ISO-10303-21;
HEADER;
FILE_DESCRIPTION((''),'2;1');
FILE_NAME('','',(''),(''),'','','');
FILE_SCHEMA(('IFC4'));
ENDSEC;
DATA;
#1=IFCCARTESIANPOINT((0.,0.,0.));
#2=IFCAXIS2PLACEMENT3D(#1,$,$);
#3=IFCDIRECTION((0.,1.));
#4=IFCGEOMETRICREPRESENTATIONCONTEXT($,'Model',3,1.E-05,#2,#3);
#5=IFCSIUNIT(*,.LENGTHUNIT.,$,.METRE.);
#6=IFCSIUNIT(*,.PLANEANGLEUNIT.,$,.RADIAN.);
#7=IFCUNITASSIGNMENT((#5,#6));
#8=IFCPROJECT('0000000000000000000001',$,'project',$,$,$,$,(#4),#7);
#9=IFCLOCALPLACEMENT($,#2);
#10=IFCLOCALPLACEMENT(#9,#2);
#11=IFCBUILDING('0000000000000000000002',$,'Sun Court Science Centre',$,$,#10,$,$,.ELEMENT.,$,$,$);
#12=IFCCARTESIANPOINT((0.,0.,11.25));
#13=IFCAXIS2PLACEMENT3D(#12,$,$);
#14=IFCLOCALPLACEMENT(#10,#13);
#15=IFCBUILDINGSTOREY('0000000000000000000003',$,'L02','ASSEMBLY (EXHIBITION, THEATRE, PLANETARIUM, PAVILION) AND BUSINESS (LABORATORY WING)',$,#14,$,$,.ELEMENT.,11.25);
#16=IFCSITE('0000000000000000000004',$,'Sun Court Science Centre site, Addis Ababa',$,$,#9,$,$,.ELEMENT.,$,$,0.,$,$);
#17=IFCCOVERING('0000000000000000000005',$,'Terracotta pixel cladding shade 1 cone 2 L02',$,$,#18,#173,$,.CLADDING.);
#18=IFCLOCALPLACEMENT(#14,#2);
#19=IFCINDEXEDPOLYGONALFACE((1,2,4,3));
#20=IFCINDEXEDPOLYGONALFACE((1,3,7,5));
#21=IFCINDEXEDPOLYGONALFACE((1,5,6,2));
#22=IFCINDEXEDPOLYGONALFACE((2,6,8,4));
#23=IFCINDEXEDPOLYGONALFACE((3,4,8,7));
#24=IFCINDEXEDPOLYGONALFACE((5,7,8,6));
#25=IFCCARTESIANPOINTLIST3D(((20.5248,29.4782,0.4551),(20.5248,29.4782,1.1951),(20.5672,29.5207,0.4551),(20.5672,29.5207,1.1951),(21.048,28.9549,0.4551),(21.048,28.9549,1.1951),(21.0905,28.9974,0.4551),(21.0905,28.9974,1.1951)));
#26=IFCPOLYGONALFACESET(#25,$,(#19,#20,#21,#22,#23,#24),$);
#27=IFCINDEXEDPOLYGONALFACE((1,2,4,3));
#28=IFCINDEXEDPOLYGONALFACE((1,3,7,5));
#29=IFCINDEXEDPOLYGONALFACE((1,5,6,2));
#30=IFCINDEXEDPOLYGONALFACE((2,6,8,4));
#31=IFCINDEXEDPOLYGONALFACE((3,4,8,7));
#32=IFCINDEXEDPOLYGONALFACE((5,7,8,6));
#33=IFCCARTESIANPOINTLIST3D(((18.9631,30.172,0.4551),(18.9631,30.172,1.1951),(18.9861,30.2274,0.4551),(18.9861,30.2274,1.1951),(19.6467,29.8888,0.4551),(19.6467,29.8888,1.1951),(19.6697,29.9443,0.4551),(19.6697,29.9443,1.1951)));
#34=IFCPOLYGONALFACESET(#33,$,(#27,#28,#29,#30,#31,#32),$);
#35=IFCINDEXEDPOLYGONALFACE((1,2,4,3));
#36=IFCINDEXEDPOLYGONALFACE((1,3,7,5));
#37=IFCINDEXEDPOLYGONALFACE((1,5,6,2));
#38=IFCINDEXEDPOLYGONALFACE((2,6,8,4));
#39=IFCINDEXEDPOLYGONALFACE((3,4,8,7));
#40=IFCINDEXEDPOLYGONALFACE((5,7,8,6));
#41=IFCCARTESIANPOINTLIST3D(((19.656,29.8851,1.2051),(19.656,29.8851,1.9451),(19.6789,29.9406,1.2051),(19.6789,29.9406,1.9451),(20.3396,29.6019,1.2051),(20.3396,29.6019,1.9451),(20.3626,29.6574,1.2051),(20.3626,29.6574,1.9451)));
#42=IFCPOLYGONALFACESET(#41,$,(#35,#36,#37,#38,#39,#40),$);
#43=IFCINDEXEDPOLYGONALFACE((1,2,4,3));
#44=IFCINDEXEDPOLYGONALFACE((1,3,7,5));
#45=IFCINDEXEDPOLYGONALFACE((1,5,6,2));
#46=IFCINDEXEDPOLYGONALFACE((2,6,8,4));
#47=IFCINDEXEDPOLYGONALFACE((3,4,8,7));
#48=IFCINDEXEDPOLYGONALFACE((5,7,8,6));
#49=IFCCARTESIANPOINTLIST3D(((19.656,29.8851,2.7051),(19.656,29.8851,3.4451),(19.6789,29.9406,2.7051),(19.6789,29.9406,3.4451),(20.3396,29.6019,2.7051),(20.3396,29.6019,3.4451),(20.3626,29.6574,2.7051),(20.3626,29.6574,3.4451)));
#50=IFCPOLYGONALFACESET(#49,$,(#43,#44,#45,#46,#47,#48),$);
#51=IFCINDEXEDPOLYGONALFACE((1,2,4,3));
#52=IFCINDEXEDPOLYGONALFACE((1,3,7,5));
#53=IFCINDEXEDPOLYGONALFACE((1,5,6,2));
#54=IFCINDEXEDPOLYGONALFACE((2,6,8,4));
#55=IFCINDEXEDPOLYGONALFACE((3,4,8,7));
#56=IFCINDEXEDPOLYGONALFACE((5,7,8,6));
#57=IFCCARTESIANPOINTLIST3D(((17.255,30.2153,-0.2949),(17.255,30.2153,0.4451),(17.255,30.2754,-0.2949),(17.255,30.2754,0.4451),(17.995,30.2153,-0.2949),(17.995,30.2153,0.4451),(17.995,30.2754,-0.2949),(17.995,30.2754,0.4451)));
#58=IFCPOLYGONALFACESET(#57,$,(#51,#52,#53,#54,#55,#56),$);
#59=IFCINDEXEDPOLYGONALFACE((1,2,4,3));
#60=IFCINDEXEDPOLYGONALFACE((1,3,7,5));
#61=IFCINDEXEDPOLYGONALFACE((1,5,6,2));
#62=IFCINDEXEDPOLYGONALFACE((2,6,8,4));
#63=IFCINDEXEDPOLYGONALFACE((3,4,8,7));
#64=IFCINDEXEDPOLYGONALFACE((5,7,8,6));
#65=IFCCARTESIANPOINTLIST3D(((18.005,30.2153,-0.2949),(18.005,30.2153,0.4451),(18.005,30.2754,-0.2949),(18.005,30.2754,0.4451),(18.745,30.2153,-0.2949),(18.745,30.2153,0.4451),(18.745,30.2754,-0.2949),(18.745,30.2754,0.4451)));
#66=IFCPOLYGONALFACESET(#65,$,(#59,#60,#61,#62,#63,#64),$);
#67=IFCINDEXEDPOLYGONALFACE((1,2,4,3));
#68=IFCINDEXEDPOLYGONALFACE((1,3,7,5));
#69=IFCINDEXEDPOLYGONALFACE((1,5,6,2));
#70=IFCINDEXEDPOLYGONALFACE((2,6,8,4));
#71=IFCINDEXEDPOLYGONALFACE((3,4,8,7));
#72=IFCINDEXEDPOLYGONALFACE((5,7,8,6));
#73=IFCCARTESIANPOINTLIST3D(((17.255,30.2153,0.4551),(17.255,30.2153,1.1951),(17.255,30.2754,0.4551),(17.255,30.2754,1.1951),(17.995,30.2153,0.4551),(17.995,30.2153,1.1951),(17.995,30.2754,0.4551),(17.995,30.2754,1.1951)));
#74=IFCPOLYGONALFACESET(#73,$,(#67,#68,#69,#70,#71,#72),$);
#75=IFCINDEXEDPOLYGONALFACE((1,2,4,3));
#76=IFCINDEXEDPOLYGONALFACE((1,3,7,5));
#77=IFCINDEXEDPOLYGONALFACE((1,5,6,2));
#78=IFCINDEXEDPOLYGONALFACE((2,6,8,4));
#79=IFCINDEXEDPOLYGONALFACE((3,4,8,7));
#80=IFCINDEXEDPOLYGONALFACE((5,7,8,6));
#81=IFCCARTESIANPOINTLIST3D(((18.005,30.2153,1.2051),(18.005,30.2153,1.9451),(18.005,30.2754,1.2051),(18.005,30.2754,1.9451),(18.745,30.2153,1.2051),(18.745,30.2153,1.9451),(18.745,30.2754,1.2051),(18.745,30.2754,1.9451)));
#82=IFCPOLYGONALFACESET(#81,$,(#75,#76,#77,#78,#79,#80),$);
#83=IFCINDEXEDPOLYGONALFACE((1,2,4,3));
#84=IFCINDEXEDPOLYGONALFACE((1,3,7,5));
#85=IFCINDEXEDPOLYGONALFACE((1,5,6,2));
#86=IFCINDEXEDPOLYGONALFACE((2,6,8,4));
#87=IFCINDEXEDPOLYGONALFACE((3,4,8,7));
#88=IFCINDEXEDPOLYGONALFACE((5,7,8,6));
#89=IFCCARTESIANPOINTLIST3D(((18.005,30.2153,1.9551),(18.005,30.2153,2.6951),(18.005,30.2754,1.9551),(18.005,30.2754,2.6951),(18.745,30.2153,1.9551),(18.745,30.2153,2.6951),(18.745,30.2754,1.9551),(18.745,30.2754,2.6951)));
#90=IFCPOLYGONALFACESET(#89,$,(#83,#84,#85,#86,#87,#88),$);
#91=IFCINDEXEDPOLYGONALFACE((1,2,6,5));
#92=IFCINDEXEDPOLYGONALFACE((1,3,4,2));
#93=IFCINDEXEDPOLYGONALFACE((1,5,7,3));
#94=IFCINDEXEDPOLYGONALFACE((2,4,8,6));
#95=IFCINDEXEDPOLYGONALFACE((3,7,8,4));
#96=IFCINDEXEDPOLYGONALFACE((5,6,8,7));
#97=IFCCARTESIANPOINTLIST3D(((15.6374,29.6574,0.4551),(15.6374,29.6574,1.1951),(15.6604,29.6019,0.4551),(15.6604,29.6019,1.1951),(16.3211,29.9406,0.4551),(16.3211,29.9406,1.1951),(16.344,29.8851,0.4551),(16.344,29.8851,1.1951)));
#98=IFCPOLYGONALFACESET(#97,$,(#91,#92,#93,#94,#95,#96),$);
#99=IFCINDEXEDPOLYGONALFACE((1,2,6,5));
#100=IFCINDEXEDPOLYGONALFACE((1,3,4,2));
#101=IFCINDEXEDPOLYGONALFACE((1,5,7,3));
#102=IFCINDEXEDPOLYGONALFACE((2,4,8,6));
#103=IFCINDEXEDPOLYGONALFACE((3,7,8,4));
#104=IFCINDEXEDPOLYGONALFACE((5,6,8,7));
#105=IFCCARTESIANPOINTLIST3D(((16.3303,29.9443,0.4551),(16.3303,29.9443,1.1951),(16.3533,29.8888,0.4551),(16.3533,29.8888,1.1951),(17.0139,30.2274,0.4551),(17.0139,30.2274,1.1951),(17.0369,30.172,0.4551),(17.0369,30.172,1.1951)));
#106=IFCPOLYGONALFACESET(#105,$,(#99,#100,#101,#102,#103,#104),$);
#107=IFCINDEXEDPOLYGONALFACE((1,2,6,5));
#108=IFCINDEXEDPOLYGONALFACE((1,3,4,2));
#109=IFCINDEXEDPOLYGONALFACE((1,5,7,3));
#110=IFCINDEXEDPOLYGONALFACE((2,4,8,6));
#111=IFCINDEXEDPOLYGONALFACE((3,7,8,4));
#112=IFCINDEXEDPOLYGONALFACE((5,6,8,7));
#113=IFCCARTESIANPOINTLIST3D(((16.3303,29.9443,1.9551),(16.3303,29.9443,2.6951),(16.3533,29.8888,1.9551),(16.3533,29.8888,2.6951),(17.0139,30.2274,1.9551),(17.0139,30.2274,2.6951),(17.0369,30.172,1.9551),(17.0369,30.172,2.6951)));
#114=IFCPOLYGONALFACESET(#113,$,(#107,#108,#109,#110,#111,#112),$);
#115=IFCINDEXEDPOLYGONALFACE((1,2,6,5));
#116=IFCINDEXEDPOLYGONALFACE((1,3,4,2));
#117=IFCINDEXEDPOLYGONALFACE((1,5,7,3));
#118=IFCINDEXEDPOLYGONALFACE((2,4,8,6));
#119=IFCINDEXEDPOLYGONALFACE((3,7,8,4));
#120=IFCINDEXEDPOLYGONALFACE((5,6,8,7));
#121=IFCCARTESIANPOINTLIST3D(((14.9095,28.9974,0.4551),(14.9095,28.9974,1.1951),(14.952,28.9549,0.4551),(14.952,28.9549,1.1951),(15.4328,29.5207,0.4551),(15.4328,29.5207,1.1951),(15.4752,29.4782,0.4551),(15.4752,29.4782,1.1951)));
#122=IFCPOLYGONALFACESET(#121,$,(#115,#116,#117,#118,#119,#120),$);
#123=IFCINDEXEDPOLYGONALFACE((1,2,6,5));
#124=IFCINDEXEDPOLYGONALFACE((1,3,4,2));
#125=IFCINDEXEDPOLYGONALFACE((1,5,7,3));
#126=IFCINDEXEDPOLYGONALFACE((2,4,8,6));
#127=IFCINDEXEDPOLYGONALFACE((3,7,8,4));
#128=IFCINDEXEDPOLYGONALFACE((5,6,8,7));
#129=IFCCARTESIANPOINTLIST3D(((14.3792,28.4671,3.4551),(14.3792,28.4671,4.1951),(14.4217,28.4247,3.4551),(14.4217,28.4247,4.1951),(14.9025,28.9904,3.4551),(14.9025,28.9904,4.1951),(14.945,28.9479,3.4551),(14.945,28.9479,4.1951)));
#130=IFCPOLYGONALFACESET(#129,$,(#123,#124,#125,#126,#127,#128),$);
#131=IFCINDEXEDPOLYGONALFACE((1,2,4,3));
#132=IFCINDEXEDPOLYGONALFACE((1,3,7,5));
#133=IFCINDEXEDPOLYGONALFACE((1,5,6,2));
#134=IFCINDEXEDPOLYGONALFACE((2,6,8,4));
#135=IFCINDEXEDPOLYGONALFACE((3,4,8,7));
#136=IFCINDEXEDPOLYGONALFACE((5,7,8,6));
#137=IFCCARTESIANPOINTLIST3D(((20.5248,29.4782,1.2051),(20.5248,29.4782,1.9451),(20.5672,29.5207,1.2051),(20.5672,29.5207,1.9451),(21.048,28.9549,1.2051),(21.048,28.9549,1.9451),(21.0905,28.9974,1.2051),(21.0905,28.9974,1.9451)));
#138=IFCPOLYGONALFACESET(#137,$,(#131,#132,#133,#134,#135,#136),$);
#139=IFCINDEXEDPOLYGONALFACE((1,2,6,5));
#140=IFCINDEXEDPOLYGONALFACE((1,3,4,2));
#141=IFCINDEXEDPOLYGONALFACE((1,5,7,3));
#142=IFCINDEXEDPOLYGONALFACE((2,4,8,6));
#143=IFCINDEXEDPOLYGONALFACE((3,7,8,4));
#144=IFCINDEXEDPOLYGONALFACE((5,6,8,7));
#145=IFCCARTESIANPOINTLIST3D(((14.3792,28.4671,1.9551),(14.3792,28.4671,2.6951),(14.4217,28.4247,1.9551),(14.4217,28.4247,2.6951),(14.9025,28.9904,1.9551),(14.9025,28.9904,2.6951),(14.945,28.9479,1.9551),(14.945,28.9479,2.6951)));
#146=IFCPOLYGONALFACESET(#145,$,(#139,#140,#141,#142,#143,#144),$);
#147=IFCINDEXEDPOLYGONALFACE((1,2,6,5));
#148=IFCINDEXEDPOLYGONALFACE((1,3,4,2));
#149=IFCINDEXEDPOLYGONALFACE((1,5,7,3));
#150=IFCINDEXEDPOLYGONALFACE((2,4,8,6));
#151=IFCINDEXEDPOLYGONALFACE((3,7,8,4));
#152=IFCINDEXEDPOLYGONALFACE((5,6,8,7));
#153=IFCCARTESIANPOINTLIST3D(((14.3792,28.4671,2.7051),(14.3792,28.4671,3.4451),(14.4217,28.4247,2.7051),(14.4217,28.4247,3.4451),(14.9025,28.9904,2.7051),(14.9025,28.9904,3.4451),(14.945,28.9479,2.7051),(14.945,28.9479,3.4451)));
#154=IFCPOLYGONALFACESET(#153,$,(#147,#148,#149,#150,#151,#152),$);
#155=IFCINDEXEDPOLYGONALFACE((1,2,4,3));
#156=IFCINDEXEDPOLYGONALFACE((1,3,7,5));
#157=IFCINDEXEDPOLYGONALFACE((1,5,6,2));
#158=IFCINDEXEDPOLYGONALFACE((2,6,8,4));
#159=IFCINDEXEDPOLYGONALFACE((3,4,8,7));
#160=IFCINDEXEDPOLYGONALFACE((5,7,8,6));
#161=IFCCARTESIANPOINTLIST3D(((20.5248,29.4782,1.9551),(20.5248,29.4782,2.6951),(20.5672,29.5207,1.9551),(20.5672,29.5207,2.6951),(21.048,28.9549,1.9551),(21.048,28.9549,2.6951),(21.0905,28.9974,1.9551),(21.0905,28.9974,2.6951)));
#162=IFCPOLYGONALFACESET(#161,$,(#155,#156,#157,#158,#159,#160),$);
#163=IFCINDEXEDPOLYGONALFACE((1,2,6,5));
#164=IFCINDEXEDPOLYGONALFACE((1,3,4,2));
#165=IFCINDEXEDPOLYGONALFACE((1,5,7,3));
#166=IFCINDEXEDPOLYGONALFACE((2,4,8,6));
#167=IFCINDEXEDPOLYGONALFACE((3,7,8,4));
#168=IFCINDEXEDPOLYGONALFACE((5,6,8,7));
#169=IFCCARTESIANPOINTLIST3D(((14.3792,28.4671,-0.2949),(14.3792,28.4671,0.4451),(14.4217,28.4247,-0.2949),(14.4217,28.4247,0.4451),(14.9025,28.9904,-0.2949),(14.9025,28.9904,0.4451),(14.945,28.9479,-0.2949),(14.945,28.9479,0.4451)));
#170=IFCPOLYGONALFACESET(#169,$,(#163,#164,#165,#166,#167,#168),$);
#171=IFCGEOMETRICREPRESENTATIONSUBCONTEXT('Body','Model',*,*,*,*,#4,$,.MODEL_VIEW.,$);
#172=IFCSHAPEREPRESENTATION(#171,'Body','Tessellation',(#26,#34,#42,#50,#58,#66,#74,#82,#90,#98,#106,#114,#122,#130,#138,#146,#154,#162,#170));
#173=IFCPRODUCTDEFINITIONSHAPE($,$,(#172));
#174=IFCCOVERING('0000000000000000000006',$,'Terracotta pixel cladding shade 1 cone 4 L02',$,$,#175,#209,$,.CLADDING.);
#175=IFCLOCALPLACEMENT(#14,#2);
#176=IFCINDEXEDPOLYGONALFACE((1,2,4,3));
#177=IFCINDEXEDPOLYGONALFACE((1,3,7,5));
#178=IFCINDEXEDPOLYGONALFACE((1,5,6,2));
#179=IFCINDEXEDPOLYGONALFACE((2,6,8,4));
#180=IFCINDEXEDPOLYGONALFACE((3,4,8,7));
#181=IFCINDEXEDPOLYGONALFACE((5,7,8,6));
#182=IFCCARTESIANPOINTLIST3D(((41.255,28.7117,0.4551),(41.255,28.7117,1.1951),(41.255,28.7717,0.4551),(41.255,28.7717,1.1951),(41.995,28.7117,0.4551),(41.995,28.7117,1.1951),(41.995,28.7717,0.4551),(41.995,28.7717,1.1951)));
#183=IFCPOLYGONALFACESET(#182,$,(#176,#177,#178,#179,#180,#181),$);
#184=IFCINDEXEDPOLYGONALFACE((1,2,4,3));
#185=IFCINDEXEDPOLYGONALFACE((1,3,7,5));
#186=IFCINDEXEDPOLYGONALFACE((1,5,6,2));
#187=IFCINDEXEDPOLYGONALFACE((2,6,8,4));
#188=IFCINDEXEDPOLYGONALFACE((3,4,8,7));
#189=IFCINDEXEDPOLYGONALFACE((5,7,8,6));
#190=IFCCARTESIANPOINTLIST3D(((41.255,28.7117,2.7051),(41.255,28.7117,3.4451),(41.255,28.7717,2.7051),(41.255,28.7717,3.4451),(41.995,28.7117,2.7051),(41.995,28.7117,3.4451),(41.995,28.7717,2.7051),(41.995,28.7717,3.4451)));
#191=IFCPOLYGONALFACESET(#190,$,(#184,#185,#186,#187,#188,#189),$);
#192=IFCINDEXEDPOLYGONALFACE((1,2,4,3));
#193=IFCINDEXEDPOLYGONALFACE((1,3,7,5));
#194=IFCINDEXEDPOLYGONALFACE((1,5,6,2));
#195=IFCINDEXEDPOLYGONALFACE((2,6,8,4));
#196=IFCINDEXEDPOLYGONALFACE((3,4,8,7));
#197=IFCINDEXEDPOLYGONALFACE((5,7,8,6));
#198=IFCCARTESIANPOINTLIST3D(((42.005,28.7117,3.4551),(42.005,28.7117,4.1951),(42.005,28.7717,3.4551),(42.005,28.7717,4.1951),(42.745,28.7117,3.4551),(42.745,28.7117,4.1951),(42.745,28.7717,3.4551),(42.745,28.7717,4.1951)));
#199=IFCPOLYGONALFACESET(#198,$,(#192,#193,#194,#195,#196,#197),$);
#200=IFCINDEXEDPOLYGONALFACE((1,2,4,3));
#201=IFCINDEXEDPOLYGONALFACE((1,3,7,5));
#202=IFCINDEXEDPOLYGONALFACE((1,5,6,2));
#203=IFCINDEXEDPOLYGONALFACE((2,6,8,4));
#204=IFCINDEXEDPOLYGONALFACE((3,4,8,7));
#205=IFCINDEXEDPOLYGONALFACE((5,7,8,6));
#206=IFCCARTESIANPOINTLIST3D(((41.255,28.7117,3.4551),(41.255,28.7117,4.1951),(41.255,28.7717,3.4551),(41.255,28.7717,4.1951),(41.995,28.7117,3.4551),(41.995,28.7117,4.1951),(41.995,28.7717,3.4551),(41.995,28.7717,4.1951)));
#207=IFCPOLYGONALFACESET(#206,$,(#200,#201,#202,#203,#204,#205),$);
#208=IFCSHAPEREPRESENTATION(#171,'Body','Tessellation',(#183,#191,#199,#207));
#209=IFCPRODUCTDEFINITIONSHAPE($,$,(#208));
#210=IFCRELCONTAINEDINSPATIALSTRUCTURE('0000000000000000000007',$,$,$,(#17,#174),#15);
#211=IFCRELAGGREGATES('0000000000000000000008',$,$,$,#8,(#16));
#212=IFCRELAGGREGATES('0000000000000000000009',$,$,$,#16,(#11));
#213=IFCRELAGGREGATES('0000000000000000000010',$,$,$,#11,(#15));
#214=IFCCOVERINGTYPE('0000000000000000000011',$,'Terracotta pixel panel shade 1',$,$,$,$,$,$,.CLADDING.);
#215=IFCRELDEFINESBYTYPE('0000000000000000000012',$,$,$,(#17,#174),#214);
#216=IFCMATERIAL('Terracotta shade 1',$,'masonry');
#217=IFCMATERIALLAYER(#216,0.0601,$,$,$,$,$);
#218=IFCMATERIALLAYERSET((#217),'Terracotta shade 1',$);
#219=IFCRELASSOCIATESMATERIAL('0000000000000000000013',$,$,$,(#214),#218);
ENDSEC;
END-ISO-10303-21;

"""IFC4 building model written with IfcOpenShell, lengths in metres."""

from ifc_helpers import new_model, si_unit, direction, frame, origin, origin_2d, place, context, subcontext, project, spatial, rectangle, extrude, material, layer, layer_set, type_object, element, save


model = new_model("IFC4")

# Units and contexts
model_context = context("Model", 3, precision=1e-05, world=origin(), true_north=direction((0.0, 1.0)))
body_context = subcontext(model_context, "Body", "Model", "MODEL_VIEW")
ifc_project = project(units=[si_unit("LENGTHUNIT", "METRE"), si_unit("PLANEANGLEUNIT", "RADIAN")], contexts=[model_context])

# Site, building, storey
site_placement = place(None, origin())
site = spatial("IfcSite", under=ifc_project, at=site_placement, Name="Sun Court Science Centre site, Addis Ababa", CompositionType="ELEMENT", RefElevation=0.0)
building_placement = place(site_placement, origin())
building = spatial("IfcBuilding", under=site, at=building_placement, Name="Sun Court Science Centre", CompositionType="ELEMENT")
storey_placement = place(building_placement, frame((0.0, 0.0, 11.25)))
storey = spatial("IfcBuildingStorey", under=building, at=storey_placement, Name="L02", Description="ASSEMBLY (EXHIBITION, THEATRE, PLANETARIUM, PAVILION) AND BUSINESS (LABORATORY WING)", CompositionType="ELEMENT", Elevation=11.25)

# Coverings
ifc_material_1 = material(Name="Terracotta shade 1", Category="masonry")
ifc_layer_1 = layer(ifc_material_1, 0.0601)
ifc_layer_set_1 = layer_set([ifc_layer_1], Name="Terracotta shade 1")
covering_type_1 = type_object("IfcCoveringType", Name="Terracotta pixel panel shade 1", PredefinedType="CLADDING", material=ifc_layer_set_1)
covering_1_placement = place(storey_placement, frame((0.0, 0.0, -11.25)))
element("IfcCovering", 1, at=covering_1_placement, inside=storey, type_object=covering_type_1, Name="Terracotta pixel cladding shade 1 cone 2 L02", PredefinedType="CLADDING", context=body_context, shape_type="SweptSolid", body=[
    extrude(rectangle(XDim=0.74, YDim=0.0601, at=origin_2d()), frame((20.8076, 29.2378, 11.7051), z_axis=(0.0, 0.0, 1.0), x_axis=(0.707107, -0.707107, 0.0)), (0.0, 0.0, 1.0), 0.74),
    extrude(rectangle(XDim=0.74, YDim=0.0601, at=origin_2d()), frame((19.3164, 30.0581, 11.7051), z_axis=(0.0, 0.0, 1.0), x_axis=(0.92388, -0.382683, 0.0)), (0.0, 0.0, 1.0), 0.74),
    extrude(rectangle(XDim=0.74, YDim=0.0601, at=origin_2d()), frame((20.0093, 29.7712, 12.4551), z_axis=(0.0, 0.0, 1.0), x_axis=(0.92388, -0.382683, 0.0)), (0.0, 0.0, 1.0), 0.74),
    extrude(rectangle(XDim=0.74, YDim=0.0601, at=origin_2d()), frame((20.0093, 29.7712, 13.9551), z_axis=(0.0, 0.0, 1.0), x_axis=(0.92388, -0.382683, 0.0)), (0.0, 0.0, 1.0), 0.74),
    extrude(rectangle(XDim=0.74, YDim=0.0601, at=origin_2d()), frame((17.625, 30.2454, 10.9551), z_axis=(0.0, 0.0, 1.0), x_axis=(1.0, 0.0, 0.0)), (0.0, 0.0, 1.0), 0.74),
    extrude(rectangle(XDim=0.74, YDim=0.0601, at=origin_2d()), frame((18.375, 30.2454, 10.9551), z_axis=(0.0, 0.0, 1.0), x_axis=(1.0, 0.0, 0.0)), (0.0, 0.0, 1.0), 0.74),
    extrude(rectangle(XDim=0.74, YDim=0.0601, at=origin_2d()), frame((17.625, 30.2454, 11.7051), z_axis=(0.0, 0.0, 1.0), x_axis=(1.0, 0.0, 0.0)), (0.0, 0.0, 1.0), 0.74),
    extrude(rectangle(XDim=0.74, YDim=0.0601, at=origin_2d()), frame((18.375, 30.2454, 12.4551), z_axis=(0.0, 0.0, 1.0), x_axis=(1.0, 0.0, 0.0)), (0.0, 0.0, 1.0), 0.74),
    extrude(rectangle(XDim=0.74, YDim=0.0601, at=origin_2d()), frame((18.375, 30.2454, 13.2051), z_axis=(0.0, 0.0, 1.0), x_axis=(1.0, 0.0, 0.0)), (0.0, 0.0, 1.0), 0.74),
    extrude(rectangle(XDim=0.74, YDim=0.0601, at=origin_2d()), frame((15.9907, 29.7712, 11.7051), z_axis=(0.0, 0.0, 1.0), x_axis=(0.92388, 0.382683, 0.0)), (0.0, 0.0, 1.0), 0.74),
    extrude(rectangle(XDim=0.74, YDim=0.0601, at=origin_2d()), frame((16.6836, 30.0581, 11.7051), z_axis=(0.0, 0.0, 1.0), x_axis=(0.92388, 0.382683, 0.0)), (0.0, 0.0, 1.0), 0.74),
    extrude(rectangle(XDim=0.74, YDim=0.0601, at=origin_2d()), frame((16.6836, 30.0581, 13.2051), z_axis=(0.0, 0.0, 1.0), x_axis=(0.92388, 0.382683, 0.0)), (0.0, 0.0, 1.0), 0.74),
    extrude(rectangle(XDim=0.74, YDim=0.0601, at=origin_2d()), frame((15.1924, 29.2378, 11.7051), z_axis=(0.0, 0.0, 1.0), x_axis=(0.707107, 0.707107, 0.0)), (0.0, 0.0, 1.0), 0.74),
    extrude(rectangle(XDim=0.74, YDim=0.0601, at=origin_2d()), frame((14.6621, 28.7075, 14.7051), z_axis=(0.0, 0.0, 1.0), x_axis=(0.707107, 0.707107, 0.0)), (0.0, 0.0, 1.0), 0.74),
    extrude(rectangle(XDim=0.74, YDim=0.0601, at=origin_2d()), frame((20.8076, 29.2378, 12.4551), z_axis=(0.0, 0.0, 1.0), x_axis=(0.707107, -0.707107, 0.0)), (0.0, 0.0, 1.0), 0.74),
    extrude(rectangle(XDim=0.74, YDim=0.0601, at=origin_2d()), frame((14.6621, 28.7075, 13.2051), z_axis=(0.0, 0.0, 1.0), x_axis=(0.707107, 0.707107, 0.0)), (0.0, 0.0, 1.0), 0.74),
    extrude(rectangle(XDim=0.74, YDim=0.0601, at=origin_2d()), frame((14.6621, 28.7075, 13.9551), z_axis=(0.0, 0.0, 1.0), x_axis=(0.707107, 0.707107, 0.0)), (0.0, 0.0, 1.0), 0.74),
    extrude(rectangle(XDim=0.74, YDim=0.0601, at=origin_2d()), frame((20.8076, 29.2378, 13.2051), z_axis=(0.0, 0.0, 1.0), x_axis=(0.707107, -0.707107, 0.0)), (0.0, 0.0, 1.0), 0.74),
    extrude(rectangle(XDim=0.74, YDim=0.0601, at=origin_2d()), frame((14.6621, 28.7075, 10.9551), z_axis=(0.0, 0.0, 1.0), x_axis=(0.707107, 0.707107, 0.0)), (0.0, 0.0, 1.0), 0.74),
])
covering_2_placement = place(storey_placement, frame((0.0, 0.0, -11.25)))
element("IfcCovering", 2, at=covering_2_placement, inside=storey, type_object=covering_type_1, Name="Terracotta pixel cladding shade 1 cone 4 L02", PredefinedType="CLADDING", context=body_context, shape_type="SweptSolid", body=[
    extrude(rectangle(XDim=0.74, YDim=0.0601, at=origin_2d()), frame((41.625, 28.7417, 11.7051), z_axis=(0.0, 0.0, 1.0), x_axis=(1.0, 0.0, 0.0)), (0.0, 0.0, 1.0), 0.74),
    extrude(rectangle(XDim=0.74, YDim=0.0601, at=origin_2d()), frame((41.625, 28.7417, 13.9551), z_axis=(0.0, 0.0, 1.0), x_axis=(1.0, 0.0, 0.0)), (0.0, 0.0, 1.0), 0.74),
    extrude(rectangle(XDim=0.74, YDim=0.0601, at=origin_2d()), frame((42.375, 28.7417, 14.7051), z_axis=(0.0, 0.0, 1.0), x_axis=(1.0, 0.0, 0.0)), (0.0, 0.0, 1.0), 0.74),
    extrude(rectangle(XDim=0.74, YDim=0.0601, at=origin_2d()), frame((41.625, 28.7417, 14.7051), z_axis=(0.0, 0.0, 1.0), x_axis=(1.0, 0.0, 0.0)), (0.0, 0.0, 1.0), 0.74),
])

save(model, "model.ifc")
